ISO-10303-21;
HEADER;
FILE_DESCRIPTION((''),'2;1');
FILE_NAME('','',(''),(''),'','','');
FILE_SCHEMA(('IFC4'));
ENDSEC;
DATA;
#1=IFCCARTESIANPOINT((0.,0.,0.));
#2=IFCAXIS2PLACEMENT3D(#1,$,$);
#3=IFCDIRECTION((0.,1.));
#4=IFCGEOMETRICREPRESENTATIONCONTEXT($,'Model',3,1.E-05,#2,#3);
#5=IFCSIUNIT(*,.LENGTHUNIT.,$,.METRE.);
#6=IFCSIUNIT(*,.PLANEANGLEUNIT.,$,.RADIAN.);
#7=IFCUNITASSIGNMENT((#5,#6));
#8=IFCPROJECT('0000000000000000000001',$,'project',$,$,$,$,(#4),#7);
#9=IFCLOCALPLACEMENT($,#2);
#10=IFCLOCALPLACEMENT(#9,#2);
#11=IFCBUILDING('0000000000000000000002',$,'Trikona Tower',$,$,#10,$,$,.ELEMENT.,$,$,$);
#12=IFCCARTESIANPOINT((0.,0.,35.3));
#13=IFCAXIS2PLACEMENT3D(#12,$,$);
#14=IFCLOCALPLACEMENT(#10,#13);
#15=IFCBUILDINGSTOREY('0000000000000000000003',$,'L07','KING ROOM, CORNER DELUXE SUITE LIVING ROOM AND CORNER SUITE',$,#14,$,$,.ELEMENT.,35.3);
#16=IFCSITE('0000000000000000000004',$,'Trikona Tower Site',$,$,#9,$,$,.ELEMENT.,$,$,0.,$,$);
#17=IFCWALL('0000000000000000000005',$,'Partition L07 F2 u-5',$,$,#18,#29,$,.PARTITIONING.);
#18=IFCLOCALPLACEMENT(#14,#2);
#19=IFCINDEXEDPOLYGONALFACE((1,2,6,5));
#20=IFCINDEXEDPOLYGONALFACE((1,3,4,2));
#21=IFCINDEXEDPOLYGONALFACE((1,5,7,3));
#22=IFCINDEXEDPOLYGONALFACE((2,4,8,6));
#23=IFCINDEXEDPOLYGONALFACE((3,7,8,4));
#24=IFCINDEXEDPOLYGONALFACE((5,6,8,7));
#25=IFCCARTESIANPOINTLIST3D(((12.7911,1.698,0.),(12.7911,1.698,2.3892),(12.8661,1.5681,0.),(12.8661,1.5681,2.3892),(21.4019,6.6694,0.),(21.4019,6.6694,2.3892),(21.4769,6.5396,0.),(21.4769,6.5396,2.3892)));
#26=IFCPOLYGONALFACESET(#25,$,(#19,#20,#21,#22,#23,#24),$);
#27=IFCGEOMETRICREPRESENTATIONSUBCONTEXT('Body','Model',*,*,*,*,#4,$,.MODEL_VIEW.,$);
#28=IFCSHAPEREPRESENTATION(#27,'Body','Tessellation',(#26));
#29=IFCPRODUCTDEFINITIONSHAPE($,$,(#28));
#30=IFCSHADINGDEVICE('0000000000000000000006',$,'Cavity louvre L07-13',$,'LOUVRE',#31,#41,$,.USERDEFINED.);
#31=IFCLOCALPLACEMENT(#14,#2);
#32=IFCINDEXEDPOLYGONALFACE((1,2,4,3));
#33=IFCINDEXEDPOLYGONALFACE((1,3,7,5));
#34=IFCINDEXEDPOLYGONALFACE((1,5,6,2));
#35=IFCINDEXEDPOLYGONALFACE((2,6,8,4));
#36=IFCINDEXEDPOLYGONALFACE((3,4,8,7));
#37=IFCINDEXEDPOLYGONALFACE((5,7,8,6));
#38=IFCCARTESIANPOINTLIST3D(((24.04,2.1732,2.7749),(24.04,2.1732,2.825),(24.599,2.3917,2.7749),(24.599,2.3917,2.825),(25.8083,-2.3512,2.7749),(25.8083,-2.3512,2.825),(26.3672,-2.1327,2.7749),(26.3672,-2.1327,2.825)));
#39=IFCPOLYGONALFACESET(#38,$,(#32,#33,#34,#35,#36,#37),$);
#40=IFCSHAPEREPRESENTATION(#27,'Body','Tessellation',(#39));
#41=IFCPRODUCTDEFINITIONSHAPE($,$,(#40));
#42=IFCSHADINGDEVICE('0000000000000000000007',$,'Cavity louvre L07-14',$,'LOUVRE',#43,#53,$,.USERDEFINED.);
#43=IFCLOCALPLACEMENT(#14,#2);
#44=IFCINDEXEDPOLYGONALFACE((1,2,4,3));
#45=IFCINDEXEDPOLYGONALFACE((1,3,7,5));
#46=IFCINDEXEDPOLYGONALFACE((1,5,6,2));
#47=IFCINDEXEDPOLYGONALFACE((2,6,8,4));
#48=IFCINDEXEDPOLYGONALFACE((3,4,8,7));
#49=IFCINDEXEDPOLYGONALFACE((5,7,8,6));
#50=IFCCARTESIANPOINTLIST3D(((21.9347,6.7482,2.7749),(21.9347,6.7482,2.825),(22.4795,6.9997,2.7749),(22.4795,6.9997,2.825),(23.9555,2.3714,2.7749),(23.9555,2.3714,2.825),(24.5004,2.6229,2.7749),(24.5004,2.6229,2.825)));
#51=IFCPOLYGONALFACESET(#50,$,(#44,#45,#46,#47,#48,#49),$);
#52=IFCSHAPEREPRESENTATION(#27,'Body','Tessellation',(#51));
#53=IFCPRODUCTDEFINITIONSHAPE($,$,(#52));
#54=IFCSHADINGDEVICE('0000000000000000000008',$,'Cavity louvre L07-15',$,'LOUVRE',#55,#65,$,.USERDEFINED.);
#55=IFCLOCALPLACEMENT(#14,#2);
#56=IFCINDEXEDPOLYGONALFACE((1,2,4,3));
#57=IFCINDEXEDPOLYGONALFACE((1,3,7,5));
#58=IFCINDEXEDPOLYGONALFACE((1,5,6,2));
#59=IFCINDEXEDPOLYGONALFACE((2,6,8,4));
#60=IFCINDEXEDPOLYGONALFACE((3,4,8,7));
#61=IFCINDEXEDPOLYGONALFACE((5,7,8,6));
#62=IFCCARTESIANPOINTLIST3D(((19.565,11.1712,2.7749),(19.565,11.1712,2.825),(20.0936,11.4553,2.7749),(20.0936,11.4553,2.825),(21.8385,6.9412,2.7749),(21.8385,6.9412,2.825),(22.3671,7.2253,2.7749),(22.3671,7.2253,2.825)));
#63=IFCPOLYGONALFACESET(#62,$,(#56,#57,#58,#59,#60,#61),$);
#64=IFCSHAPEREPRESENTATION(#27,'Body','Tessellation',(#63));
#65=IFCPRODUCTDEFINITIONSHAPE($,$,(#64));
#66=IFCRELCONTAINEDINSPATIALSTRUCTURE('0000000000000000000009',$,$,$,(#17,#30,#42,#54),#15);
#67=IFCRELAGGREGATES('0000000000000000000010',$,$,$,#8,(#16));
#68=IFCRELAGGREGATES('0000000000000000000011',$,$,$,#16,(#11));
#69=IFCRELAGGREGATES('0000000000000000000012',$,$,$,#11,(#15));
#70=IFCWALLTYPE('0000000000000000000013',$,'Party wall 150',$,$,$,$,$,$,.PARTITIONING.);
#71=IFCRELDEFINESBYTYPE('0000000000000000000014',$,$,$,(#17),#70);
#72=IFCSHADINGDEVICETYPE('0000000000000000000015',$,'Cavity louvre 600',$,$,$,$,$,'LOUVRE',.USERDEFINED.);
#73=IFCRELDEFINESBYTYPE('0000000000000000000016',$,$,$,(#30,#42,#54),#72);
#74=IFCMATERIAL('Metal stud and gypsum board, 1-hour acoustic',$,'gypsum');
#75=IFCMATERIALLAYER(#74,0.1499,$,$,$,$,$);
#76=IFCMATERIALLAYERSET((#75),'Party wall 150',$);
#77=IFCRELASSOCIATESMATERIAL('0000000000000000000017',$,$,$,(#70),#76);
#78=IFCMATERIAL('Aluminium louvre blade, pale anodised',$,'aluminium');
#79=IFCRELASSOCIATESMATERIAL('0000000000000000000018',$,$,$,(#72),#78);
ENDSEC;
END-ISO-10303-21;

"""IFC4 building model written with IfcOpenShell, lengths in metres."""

from ifc_helpers import new_model, si_unit, direction, frame, frame_2d, origin, origin_2d, place, context, subcontext, project, spatial, rectangle, extrude, material, layer, layer_set, type_object, element, save


model = new_model("IFC4")

# Units and contexts
model_context = context("Model", 3, precision=1e-05, world=origin(), true_north=direction((0.0, 1.0)))
body_context = subcontext(model_context, "Body", "Model", "MODEL_VIEW")
ifc_project = project(units=[si_unit("LENGTHUNIT", "METRE"), si_unit("PLANEANGLEUNIT", "RADIAN")], contexts=[model_context])

# Site, building, storey
site_placement = place(None, origin())
site = spatial("IfcSite", under=ifc_project, at=site_placement, Name="Trikona Tower Site", CompositionType="ELEMENT", RefElevation=0.0)
building_placement = place(site_placement, origin())
building = spatial("IfcBuilding", under=site, at=building_placement, Name="Trikona Tower", CompositionType="ELEMENT")
storey_placement = place(building_placement, frame((0.0, 0.0, 35.3)))
storey = spatial("IfcBuildingStorey", under=building, at=storey_placement, Name="L07", Description="KING ROOM, CORNER DELUXE SUITE LIVING ROOM AND CORNER SUITE", CompositionType="ELEMENT", Elevation=35.3)

# Wall
ifc_material_1 = material(Name="Metal stud and gypsum board, 1-hour acoustic", Category="gypsum")
ifc_layer_1 = layer(ifc_material_1, 0.1499)
ifc_layer_set_1 = layer_set([ifc_layer_1], Name="Party wall 150")
wall_type_1 = type_object("IfcWallType", Name="Party wall 150", PredefinedType="PARTITIONING", material=ifc_layer_set_1)
wall_1_placement = place(storey_placement, frame((12.8286, 1.6331, 0.0), z_axis=(0.0, 0.0, 1.0), x_axis=(0.866027, 0.499997, 0.0)))
element("IfcWall", 1, at=wall_1_placement, inside=storey, type_object=wall_type_1, Name="Partition L07 F2 u-5", PredefinedType="PARTITIONING", context=body_context, shape_type="SweptSolid", body=[
    extrude(rectangle(XDim=9.9429, YDim=0.1499, at=frame_2d((4.9714, 0.0))), origin(), (0.0, 0.0, 1.0), 2.3892),
])

# Shading devices
ifc_material_2 = material(Name="Aluminium louvre blade, pale anodised", Category="aluminium")
shading_device_type = type_object("IfcShadingDeviceType", Name="Cavity louvre 600", ElementType="LOUVRE", PredefinedType="USERDEFINED", material=ifc_material_2)
shading_device_1_placement = place(storey_placement, frame((25.2036, 0.0203, 2.7749), z_axis=(0.0, 0.0, 1.0), x_axis=(-0.364009, 0.931395, 0.0)))
element("IfcShadingDevice", 2, at=shading_device_1_placement, inside=storey, type_object=shading_device_type, Name="Cavity louvre L07-13", ObjectType="LOUVRE", PredefinedType="USERDEFINED", context=body_context, shape_type="SweptSolid", body=[
    extrude(rectangle(XDim=4.8577, YDim=0.6001, at=origin_2d()), origin(), (0.0, 0.0, 1.0), 0.05),
])
shading_device_2_placement = place(storey_placement, frame((23.2175, 4.6855, 2.7749), z_axis=(0.0, 0.0, 1.0), x_axis=(-0.419194, 0.907897, 0.0)))
element("IfcShadingDevice", 3, at=shading_device_2_placement, inside=storey, type_object=shading_device_type, Name="Cavity louvre L07-14", ObjectType="LOUVRE", PredefinedType="USERDEFINED", context=body_context, shape_type="SweptSolid", body=[
    extrude(rectangle(XDim=4.8208, YDim=0.6001, at=origin_2d()), origin(), (0.0, 0.0, 1.0), 0.05),
])
shading_device_3_placement = place(storey_placement, frame((20.9661, 9.1982, 2.7749), z_axis=(0.0, 0.0, 1.0), x_axis=(-0.473423, 0.880835, 0.0)))
element("IfcShadingDevice", 4, at=shading_device_3_placement, inside=storey, type_object=shading_device_type, Name="Cavity louvre L07-15", ObjectType="LOUVRE", PredefinedType="USERDEFINED", context=body_context, shape_type="SweptSolid", body=[
    extrude(rectangle(XDim=4.8022, YDim=0.6001, at=origin_2d()), origin(), (0.0, 0.0, 1.0), 0.05),
])

save(model, "model.ifc")
